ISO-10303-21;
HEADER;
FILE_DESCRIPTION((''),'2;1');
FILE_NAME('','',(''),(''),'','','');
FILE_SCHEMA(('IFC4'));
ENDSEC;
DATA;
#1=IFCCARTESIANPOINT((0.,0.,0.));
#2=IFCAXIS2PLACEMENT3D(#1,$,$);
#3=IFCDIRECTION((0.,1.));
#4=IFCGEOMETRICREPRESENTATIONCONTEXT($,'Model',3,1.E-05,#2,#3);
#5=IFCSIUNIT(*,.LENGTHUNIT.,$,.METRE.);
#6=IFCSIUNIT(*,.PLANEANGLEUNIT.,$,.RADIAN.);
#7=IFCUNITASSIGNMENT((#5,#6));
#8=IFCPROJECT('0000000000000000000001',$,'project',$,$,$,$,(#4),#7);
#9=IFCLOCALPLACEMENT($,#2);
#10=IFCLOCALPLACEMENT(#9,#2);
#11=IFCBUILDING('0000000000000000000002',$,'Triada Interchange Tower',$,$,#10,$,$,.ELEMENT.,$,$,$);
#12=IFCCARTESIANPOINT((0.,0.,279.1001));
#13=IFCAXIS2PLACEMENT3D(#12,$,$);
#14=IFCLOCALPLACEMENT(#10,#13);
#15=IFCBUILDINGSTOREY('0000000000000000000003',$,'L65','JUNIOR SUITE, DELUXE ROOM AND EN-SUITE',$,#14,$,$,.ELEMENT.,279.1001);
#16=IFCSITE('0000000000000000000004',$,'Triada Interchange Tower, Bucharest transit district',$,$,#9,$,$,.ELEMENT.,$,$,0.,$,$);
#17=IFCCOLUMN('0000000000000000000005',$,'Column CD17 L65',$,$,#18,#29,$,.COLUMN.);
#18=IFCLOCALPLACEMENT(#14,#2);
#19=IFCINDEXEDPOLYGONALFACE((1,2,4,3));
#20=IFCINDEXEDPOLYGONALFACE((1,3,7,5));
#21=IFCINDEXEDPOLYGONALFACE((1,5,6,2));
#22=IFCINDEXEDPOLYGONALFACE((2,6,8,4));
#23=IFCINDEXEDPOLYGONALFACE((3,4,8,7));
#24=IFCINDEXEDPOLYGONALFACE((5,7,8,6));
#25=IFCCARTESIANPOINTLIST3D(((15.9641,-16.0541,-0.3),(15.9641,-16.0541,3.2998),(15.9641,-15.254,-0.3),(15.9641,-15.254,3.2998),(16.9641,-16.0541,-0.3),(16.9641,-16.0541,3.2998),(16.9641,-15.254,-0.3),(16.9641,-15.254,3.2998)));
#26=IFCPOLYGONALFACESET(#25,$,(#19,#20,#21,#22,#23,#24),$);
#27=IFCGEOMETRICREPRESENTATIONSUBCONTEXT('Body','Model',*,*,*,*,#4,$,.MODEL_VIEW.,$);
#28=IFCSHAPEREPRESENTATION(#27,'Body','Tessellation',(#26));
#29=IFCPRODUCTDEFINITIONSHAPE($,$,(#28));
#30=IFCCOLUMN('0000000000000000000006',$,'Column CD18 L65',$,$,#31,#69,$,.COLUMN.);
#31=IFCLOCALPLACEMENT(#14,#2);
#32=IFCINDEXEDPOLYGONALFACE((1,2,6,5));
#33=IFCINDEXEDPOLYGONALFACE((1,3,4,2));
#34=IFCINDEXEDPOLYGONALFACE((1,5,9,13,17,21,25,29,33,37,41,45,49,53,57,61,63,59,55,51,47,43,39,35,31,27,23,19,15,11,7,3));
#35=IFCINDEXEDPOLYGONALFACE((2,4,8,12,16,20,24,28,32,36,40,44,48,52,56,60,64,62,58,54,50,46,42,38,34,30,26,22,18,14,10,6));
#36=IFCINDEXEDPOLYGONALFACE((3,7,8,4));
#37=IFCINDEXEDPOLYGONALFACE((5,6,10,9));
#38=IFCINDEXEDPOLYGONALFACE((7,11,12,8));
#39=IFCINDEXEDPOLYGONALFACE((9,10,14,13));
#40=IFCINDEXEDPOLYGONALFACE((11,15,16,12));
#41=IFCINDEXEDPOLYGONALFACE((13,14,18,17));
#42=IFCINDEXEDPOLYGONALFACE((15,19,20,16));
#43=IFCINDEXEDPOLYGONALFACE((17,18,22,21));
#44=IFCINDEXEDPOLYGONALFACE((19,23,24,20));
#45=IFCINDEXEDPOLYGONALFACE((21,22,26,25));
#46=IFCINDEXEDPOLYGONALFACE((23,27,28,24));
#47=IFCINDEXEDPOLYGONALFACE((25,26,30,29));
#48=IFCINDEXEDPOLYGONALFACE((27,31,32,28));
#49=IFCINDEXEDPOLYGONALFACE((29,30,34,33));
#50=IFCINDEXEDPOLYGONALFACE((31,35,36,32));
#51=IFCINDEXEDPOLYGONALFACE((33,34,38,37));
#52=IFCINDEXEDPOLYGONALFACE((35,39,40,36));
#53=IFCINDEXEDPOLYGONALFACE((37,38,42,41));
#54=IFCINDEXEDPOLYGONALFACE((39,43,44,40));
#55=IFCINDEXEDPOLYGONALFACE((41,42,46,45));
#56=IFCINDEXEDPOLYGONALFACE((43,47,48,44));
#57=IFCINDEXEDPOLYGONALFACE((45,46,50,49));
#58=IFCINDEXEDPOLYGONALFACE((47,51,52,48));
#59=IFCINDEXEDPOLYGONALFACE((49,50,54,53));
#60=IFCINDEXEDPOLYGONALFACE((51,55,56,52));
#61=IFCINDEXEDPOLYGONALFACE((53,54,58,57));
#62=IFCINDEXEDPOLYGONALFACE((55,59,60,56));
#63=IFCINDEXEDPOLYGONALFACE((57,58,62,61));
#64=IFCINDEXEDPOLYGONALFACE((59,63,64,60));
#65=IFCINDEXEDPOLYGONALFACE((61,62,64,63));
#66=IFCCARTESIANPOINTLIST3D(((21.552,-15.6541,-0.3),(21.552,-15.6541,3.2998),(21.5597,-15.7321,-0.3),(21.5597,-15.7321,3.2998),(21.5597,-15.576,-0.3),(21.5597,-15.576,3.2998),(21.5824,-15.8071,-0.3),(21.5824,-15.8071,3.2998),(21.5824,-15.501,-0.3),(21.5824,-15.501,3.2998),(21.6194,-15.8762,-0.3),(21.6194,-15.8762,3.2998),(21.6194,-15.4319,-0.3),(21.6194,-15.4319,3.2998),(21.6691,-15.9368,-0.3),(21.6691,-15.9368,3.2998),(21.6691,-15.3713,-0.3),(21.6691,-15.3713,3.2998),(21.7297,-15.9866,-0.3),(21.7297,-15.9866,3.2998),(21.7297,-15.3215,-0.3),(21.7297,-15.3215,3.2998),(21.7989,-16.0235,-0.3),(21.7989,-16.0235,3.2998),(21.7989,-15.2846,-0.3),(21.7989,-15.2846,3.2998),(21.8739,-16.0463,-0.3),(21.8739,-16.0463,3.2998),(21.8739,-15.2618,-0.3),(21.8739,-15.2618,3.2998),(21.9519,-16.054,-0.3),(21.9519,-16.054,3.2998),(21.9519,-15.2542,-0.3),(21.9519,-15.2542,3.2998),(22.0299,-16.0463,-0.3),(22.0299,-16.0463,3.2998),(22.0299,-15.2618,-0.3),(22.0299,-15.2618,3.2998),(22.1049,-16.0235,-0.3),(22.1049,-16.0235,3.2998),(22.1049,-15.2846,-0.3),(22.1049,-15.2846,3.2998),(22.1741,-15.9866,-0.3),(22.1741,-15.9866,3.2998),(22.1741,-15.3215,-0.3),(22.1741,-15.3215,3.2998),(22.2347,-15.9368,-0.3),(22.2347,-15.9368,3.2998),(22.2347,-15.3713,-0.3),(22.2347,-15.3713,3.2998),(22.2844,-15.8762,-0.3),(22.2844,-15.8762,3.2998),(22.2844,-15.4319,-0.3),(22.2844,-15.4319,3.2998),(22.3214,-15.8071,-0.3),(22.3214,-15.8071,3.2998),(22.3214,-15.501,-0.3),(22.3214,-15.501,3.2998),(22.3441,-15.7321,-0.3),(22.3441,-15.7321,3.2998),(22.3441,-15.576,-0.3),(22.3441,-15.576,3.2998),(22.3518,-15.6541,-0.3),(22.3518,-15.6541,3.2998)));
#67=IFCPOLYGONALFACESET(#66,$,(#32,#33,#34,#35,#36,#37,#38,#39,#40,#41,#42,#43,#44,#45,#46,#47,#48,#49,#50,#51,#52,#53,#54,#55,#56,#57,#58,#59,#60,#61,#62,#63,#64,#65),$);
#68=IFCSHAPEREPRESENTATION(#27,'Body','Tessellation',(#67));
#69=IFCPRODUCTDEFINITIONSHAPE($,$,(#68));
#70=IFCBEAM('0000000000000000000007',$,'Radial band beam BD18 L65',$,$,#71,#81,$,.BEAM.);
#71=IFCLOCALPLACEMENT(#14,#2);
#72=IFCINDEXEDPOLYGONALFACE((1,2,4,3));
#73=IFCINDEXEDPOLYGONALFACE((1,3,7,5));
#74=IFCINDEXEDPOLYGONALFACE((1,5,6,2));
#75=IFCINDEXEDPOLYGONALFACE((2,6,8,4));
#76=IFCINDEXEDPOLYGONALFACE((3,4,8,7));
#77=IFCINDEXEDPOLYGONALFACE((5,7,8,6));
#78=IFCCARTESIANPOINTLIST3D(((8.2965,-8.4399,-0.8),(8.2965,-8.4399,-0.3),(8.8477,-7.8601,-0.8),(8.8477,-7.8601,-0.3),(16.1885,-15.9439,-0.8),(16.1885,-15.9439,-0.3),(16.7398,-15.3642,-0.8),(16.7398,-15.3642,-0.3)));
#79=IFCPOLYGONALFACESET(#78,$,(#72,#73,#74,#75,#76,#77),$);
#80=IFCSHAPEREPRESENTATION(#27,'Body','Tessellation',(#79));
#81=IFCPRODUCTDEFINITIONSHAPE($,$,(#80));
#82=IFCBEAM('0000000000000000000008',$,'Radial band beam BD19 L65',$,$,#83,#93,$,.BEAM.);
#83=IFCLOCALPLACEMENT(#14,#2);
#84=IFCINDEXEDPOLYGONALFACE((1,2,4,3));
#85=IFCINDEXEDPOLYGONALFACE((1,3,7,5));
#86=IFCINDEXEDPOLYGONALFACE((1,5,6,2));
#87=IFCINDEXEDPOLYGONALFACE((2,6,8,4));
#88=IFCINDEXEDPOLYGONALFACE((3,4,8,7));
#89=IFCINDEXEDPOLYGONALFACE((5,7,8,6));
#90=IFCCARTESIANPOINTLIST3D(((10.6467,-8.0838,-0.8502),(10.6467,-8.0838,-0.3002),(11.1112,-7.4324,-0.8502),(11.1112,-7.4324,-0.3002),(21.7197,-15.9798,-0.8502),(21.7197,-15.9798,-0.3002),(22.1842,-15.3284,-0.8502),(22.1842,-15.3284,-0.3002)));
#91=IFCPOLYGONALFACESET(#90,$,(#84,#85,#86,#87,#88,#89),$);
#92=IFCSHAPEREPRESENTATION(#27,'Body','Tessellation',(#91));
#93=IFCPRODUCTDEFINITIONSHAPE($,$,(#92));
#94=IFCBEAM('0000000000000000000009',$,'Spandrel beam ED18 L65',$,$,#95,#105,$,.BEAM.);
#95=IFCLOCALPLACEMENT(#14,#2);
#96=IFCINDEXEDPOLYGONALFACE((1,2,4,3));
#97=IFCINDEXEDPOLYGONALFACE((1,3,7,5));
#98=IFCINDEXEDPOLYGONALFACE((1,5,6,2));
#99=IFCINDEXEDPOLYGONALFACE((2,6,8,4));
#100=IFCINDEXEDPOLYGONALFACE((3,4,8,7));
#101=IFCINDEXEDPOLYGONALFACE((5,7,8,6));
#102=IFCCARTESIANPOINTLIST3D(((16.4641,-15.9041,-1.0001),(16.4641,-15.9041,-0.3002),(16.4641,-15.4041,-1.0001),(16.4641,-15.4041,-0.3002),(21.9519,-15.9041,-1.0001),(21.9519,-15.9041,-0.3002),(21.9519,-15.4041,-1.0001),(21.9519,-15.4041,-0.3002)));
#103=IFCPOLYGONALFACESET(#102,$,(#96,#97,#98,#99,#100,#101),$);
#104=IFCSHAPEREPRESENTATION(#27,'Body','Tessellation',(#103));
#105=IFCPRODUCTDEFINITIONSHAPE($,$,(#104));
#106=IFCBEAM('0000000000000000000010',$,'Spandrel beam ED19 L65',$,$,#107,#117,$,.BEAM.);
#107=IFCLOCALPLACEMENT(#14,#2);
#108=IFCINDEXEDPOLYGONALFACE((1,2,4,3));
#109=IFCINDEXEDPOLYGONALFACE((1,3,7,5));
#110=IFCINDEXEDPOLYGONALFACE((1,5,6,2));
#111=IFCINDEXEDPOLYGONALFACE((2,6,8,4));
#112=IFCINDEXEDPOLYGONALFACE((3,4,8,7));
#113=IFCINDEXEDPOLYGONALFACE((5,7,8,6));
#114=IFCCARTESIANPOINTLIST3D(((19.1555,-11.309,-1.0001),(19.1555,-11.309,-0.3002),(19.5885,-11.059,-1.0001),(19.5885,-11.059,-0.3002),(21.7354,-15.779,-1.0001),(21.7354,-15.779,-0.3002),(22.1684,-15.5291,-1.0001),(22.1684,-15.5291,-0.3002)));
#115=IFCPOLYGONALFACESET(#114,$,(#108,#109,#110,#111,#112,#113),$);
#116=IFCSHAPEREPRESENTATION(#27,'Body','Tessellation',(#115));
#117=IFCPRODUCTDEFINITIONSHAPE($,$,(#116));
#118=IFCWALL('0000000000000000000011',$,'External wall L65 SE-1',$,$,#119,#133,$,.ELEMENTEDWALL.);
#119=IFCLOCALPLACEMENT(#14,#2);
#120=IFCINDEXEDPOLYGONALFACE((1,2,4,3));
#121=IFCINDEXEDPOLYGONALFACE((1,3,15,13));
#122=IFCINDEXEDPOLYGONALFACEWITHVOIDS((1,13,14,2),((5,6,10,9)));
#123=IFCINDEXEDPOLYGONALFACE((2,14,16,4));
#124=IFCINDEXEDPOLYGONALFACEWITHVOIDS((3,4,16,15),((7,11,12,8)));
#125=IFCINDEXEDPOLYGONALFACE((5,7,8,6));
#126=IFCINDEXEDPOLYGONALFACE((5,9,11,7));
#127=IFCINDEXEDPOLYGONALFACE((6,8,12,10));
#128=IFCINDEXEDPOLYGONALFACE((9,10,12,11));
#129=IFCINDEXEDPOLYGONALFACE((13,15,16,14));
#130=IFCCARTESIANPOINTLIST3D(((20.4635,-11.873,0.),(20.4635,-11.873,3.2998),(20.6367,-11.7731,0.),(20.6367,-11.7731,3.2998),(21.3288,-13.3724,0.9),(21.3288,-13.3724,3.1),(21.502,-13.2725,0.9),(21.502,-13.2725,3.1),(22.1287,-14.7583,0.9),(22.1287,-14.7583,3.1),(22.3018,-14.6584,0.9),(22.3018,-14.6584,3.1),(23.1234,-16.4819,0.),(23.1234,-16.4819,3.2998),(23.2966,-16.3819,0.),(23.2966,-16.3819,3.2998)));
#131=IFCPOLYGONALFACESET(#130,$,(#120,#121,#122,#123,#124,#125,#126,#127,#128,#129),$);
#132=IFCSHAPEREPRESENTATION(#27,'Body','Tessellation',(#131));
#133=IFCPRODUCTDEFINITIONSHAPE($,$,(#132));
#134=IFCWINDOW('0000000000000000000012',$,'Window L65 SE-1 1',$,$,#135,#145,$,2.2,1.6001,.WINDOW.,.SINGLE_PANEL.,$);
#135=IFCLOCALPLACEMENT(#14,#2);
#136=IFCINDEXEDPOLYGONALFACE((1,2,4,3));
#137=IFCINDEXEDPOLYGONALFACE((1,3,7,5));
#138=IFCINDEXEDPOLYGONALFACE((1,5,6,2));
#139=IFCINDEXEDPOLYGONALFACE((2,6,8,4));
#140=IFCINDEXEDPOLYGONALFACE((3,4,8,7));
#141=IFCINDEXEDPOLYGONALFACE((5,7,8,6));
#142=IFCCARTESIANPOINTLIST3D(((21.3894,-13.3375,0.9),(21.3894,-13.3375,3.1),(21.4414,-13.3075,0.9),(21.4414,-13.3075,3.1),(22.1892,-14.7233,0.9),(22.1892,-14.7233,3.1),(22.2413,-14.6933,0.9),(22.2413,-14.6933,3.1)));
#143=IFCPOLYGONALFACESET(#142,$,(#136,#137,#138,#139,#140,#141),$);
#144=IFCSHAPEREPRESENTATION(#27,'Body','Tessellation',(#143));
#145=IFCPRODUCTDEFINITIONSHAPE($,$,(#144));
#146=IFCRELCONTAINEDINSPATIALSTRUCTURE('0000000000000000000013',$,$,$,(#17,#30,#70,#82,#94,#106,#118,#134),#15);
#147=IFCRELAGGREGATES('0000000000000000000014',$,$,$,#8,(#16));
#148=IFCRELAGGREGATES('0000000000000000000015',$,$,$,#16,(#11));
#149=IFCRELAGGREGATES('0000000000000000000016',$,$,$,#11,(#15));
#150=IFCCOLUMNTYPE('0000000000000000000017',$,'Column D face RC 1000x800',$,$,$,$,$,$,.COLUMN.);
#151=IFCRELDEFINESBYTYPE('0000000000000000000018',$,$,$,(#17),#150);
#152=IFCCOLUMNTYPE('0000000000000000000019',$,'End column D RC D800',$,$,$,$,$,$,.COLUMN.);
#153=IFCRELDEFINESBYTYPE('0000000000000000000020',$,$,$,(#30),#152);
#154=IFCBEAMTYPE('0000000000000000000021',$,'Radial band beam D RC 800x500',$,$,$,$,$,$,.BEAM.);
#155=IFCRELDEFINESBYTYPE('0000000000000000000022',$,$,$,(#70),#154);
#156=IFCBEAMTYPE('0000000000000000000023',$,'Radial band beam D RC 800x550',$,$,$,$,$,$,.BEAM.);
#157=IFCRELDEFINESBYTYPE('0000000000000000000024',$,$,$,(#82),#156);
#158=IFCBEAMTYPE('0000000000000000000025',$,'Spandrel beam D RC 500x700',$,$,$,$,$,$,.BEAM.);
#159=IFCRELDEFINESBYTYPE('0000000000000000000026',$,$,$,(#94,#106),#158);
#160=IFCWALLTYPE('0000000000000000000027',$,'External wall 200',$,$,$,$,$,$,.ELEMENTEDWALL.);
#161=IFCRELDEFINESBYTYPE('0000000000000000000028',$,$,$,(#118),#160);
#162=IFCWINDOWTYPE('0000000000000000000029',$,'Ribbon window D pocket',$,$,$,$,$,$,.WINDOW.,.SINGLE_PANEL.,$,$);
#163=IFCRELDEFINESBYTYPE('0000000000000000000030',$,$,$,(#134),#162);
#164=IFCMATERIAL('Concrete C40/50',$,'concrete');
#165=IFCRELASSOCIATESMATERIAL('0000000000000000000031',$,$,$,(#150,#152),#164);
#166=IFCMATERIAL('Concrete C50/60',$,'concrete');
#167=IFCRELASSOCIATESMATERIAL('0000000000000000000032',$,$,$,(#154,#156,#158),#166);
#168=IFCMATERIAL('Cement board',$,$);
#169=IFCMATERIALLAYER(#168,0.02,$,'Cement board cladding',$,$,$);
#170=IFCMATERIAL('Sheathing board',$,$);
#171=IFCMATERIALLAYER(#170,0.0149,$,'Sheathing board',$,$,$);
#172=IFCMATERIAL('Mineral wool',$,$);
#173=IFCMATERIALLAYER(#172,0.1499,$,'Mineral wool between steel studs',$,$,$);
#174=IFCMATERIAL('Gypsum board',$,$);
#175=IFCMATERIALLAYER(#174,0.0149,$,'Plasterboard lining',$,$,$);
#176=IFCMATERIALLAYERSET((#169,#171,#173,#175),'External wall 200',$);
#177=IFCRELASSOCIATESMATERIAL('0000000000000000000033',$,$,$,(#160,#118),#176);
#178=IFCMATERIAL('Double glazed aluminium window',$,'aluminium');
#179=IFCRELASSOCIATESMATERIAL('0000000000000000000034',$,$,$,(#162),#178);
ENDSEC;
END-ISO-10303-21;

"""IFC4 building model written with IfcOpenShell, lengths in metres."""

from ifc_helpers import new_model, si_unit, direction, frame, frame_2d, origin, origin_2d, place, context, subcontext, project, spatial, rectangle, circle, extrude, material, layer, layer_set, layer_usage, material_profile, profile_set, type_object, element, fill, save


model = new_model("IFC4")

# Units and contexts
model_context = context("Model", 3, precision=1e-05, world=origin(), true_north=direction((0.0, 1.0)))
body_context = subcontext(model_context, "Body", "Model", "MODEL_VIEW")
ifc_project = project(units=[si_unit("LENGTHUNIT", "METRE"), si_unit("PLANEANGLEUNIT", "RADIAN")], contexts=[model_context])

# Site, building, storey
site_placement = place(None, origin())
site = spatial("IfcSite", under=ifc_project, at=site_placement, Name="Triada Interchange Tower, Bucharest transit district", CompositionType="ELEMENT", RefElevation=0.0)
building_placement = place(site_placement, origin())
building = spatial("IfcBuilding", under=site, at=building_placement, Name="Triada Interchange Tower", CompositionType="ELEMENT")
storey_placement = place(building_placement, frame((0.0, 0.0, 279.1001)))
storey = spatial("IfcBuildingStorey", under=building, at=storey_placement, Name="L65", Description="JUNIOR SUITE, DELUXE ROOM AND EN-SUITE", CompositionType="ELEMENT", Elevation=279.1001)

# Columns
ifc_material_1 = material(Name="Concrete C40/50", Category="concrete")
ifc_material_profile_1 = material_profile(ifc_material_1, rectangle(XDim=1.0, YDim=0.8, at=origin_2d()), Name="RC 1000x800")
ifc_profile_set_1 = profile_set([ifc_material_profile_1], Name="Concrete C40/50")
column_type_1 = type_object("IfcColumnType", Name="Column D face RC 1000x800", PredefinedType="COLUMN", material=ifc_profile_set_1)
column_1_placement = place(storey_placement, frame((16.4641, -15.6541, -0.3), z_axis=(0.0, 0.0, 1.0), x_axis=(1.0, 0.0, 0.0)))
element("IfcColumn", 1, at=column_1_placement, inside=storey, type_object=column_type_1, Name="Column CD17 L65", PredefinedType="COLUMN", context=body_context, shape_type="SweptSolid", body=[
    extrude(rectangle(XDim=1.0, YDim=0.8, at=origin_2d()), origin(), (0.0, 0.0, 1.0), 3.5999),
])
ifc_material_profile_2 = material_profile(ifc_material_1, circle(Radius=0.3999, at=origin_2d()), Name="RC D800")
ifc_profile_set_2 = profile_set([ifc_material_profile_2], Name="Concrete C40/50")
column_type_2 = type_object("IfcColumnType", Name="End column D RC D800", PredefinedType="COLUMN", material=ifc_profile_set_2)
column_2_placement = place(storey_placement, frame((21.9519, -15.6541, -0.3), z_axis=(0.0, 0.0, 1.0), x_axis=(1.0, 0.0, 0.0)))
element("IfcColumn", 2, at=column_2_placement, inside=storey, type_object=column_type_2, Name="Column CD18 L65", PredefinedType="COLUMN", context=body_context, shape_type="SweptSolid", body=[
    extrude(circle(Radius=0.3999, at=origin_2d()), origin(), (0.0, 0.0, 1.0), 3.5999),
])

# Beams
ifc_material_2 = material(Name="Concrete C50/60", Category="concrete")
ifc_material_profile_3 = material_profile(ifc_material_2, rectangle(XDim=0.8, YDim=0.5, at=origin_2d()), Name="RC 800x500")
ifc_profile_set_3 = profile_set([ifc_material_profile_3], Name="Concrete C50/60")
beam_type_1 = type_object("IfcBeamType", Name="Radial band beam D RC 800x500", PredefinedType="BEAM", material=ifc_profile_set_3)
beam_1_placement = place(storey_placement, frame((16.4641, -15.6541, -0.55), z_axis=(-0.724694, 0.689071, 0.0), x_axis=(-0.689071, -0.724694, 0.0)))
element("IfcBeam", 3, at=beam_1_placement, inside=storey, type_object=beam_type_1, Name="Radial band beam BD18 L65", PredefinedType="BEAM", context=body_context, shape_type="SweptSolid", body=[
    extrude(rectangle(XDim=0.8, YDim=0.5, at=origin_2d()), origin(), (0.0, 0.0, 1.0), 10.8901),
])
ifc_material_profile_4 = material_profile(ifc_material_2, rectangle(XDim=0.8, YDim=0.55, at=origin_2d()), Name="RC 800x550")
ifc_profile_set_4 = profile_set([ifc_material_profile_4], Name="Concrete C50/60")
beam_type_2 = type_object("IfcBeamType", Name="Radial band beam D RC 800x550", PredefinedType="BEAM", material=ifc_profile_set_4)
beam_2_placement = place(storey_placement, frame((21.9519, -15.6541, -0.5752), z_axis=(-0.814195, 0.580591, 0.0), x_axis=(-0.580591, -0.814195, 0.0)))
element("IfcBeam", 4, at=beam_2_placement, inside=storey, type_object=beam_type_2, Name="Radial band beam BD19 L65", PredefinedType="BEAM", context=body_context, shape_type="SweptSolid", body=[
    extrude(rectangle(XDim=0.8, YDim=0.55, at=origin_2d()), origin(), (0.0, 0.0, 1.0), 13.5999),
])
ifc_material_profile_5 = material_profile(ifc_material_2, rectangle(XDim=0.5, YDim=0.7, at=origin_2d()), Name="RC 500x700")
ifc_profile_set_5 = profile_set([ifc_material_profile_5], Name="Concrete C50/60")
beam_type_3 = type_object("IfcBeamType", Name="Spandrel beam D RC 500x700", PredefinedType="BEAM", material=ifc_profile_set_5)
beam_3_placement = place(storey_placement, frame((16.4641, -15.6541, -0.6501), z_axis=(1.0, 0.0, 0.0), x_axis=(0.0, 1.0, 0.0)))
element("IfcBeam", 5, at=beam_3_placement, inside=storey, type_object=beam_type_3, Name="Spandrel beam ED18 L65", PredefinedType="BEAM", context=body_context, shape_type="SweptSolid", body=[
    extrude(rectangle(XDim=0.5, YDim=0.7, at=origin_2d()), origin(), (0.0, 0.0, 1.0), 5.4878),
])
beam_4_placement = place(storey_placement, frame((21.9519, -15.6541, -0.6501), z_axis=(-0.499869, 0.866101, 0.0), x_axis=(-0.866101, -0.499869, 0.0)))
element("IfcBeam", 6, at=beam_4_placement, inside=storey, type_object=beam_type_3, Name="Spandrel beam ED19 L65", PredefinedType="BEAM", context=body_context, shape_type="SweptSolid", body=[
    extrude(rectangle(XDim=0.5, YDim=0.7, at=origin_2d()), origin(), (0.0, 0.0, 1.0), 5.1611),
])

# Wall, opening, window
ifc_material_3 = material(Name="Cement board")
ifc_layer_1 = layer(ifc_material_3, 0.02, Name="Cement board cladding")
ifc_material_4 = material(Name="Sheathing board")
ifc_layer_2 = layer(ifc_material_4, 0.0149, Name="Sheathing board")
ifc_material_5 = material(Name="Mineral wool")
ifc_layer_3 = layer(ifc_material_5, 0.1499, Name="Mineral wool between steel studs")
ifc_material_6 = material(Name="Gypsum board")
ifc_layer_4 = layer(ifc_material_6, 0.0149, Name="Plasterboard lining")
ifc_layer_set_1 = layer_set([ifc_layer_1, ifc_layer_2, ifc_layer_3, ifc_layer_4], Name="External wall 200")
ifc_layer_usage = layer_usage(ifc_layer_set_1, "AXIS2", "POSITIVE", -0.1001)
wall_type_1 = type_object("IfcWallType", Name="External wall 200", PredefinedType="ELEMENTEDWALL", material=ifc_layer_set_1)
wall_1_placement = place(storey_placement, frame((23.21, -16.4319, 0.0), z_axis=(0.0, 0.0, 1.0), x_axis=(-0.499855, 0.866109, 0.0)))
wall_1 = element("IfcWall", 7, at=wall_1_placement, inside=storey, type_object=wall_type_1, material=ifc_layer_usage, Name="External wall L65 SE-1", PredefinedType="ELEMENTEDWALL", context=body_context, shape_type="SweptSolid", body=[
    extrude(rectangle(XDim=5.3213, YDim=0.2, at=frame_2d((2.6606, 0.0))), origin(), (0.0, 0.0, 1.0), 3.2998),
])
opening_1_placement = place(wall_1_placement, frame((1.99, 0.0, 0.8999)))
opening_1 = element("IfcOpeningElement", 8, at=opening_1_placement, cuts=wall_1, PredefinedType="OPENING", context=body_context, shape_type="SweptSolid", body=[
    extrude(rectangle(XDim=1.6001, YDim=2.2, at=frame_2d((0.8, 1.1001))), frame((0.0, 0.1099, 0.0), z_axis=(0.0, -1.0, 0.0), x_axis=(1.0, 0.0, 0.0)), (0.0, 0.0, 1.0), 0.22),
])
ifc_material_7 = material(Name="Double glazed aluminium window", Category="aluminium")
window_type_1 = type_object("IfcWindowType", Name="Ribbon window D pocket", PartitioningType="SINGLE_PANEL", PredefinedType="WINDOW", material=ifc_material_7)
window_1_placement = place(opening_1_placement, origin())
window_1 = element("IfcWindow", 9, at=window_1_placement, inside=storey, type_object=window_type_1, Name="Window L65 SE-1 1", OverallHeight=2.2, OverallWidth=1.6001, PartitioningType="SINGLE_PANEL", PredefinedType="WINDOW", context=body_context, shape_type="SweptSolid", body=[
    extrude(rectangle(XDim=1.6001, YDim=2.2, at=frame_2d((0.8, 1.1001))), frame((0.0, 0.03, 0.0), z_axis=(0.0, -1.0, 0.0), x_axis=(1.0, 0.0, 0.0)), (0.0, 0.0, 1.0), 0.0601),
])
fill(opening_1, window_1)

save(model, "model.ifc")
